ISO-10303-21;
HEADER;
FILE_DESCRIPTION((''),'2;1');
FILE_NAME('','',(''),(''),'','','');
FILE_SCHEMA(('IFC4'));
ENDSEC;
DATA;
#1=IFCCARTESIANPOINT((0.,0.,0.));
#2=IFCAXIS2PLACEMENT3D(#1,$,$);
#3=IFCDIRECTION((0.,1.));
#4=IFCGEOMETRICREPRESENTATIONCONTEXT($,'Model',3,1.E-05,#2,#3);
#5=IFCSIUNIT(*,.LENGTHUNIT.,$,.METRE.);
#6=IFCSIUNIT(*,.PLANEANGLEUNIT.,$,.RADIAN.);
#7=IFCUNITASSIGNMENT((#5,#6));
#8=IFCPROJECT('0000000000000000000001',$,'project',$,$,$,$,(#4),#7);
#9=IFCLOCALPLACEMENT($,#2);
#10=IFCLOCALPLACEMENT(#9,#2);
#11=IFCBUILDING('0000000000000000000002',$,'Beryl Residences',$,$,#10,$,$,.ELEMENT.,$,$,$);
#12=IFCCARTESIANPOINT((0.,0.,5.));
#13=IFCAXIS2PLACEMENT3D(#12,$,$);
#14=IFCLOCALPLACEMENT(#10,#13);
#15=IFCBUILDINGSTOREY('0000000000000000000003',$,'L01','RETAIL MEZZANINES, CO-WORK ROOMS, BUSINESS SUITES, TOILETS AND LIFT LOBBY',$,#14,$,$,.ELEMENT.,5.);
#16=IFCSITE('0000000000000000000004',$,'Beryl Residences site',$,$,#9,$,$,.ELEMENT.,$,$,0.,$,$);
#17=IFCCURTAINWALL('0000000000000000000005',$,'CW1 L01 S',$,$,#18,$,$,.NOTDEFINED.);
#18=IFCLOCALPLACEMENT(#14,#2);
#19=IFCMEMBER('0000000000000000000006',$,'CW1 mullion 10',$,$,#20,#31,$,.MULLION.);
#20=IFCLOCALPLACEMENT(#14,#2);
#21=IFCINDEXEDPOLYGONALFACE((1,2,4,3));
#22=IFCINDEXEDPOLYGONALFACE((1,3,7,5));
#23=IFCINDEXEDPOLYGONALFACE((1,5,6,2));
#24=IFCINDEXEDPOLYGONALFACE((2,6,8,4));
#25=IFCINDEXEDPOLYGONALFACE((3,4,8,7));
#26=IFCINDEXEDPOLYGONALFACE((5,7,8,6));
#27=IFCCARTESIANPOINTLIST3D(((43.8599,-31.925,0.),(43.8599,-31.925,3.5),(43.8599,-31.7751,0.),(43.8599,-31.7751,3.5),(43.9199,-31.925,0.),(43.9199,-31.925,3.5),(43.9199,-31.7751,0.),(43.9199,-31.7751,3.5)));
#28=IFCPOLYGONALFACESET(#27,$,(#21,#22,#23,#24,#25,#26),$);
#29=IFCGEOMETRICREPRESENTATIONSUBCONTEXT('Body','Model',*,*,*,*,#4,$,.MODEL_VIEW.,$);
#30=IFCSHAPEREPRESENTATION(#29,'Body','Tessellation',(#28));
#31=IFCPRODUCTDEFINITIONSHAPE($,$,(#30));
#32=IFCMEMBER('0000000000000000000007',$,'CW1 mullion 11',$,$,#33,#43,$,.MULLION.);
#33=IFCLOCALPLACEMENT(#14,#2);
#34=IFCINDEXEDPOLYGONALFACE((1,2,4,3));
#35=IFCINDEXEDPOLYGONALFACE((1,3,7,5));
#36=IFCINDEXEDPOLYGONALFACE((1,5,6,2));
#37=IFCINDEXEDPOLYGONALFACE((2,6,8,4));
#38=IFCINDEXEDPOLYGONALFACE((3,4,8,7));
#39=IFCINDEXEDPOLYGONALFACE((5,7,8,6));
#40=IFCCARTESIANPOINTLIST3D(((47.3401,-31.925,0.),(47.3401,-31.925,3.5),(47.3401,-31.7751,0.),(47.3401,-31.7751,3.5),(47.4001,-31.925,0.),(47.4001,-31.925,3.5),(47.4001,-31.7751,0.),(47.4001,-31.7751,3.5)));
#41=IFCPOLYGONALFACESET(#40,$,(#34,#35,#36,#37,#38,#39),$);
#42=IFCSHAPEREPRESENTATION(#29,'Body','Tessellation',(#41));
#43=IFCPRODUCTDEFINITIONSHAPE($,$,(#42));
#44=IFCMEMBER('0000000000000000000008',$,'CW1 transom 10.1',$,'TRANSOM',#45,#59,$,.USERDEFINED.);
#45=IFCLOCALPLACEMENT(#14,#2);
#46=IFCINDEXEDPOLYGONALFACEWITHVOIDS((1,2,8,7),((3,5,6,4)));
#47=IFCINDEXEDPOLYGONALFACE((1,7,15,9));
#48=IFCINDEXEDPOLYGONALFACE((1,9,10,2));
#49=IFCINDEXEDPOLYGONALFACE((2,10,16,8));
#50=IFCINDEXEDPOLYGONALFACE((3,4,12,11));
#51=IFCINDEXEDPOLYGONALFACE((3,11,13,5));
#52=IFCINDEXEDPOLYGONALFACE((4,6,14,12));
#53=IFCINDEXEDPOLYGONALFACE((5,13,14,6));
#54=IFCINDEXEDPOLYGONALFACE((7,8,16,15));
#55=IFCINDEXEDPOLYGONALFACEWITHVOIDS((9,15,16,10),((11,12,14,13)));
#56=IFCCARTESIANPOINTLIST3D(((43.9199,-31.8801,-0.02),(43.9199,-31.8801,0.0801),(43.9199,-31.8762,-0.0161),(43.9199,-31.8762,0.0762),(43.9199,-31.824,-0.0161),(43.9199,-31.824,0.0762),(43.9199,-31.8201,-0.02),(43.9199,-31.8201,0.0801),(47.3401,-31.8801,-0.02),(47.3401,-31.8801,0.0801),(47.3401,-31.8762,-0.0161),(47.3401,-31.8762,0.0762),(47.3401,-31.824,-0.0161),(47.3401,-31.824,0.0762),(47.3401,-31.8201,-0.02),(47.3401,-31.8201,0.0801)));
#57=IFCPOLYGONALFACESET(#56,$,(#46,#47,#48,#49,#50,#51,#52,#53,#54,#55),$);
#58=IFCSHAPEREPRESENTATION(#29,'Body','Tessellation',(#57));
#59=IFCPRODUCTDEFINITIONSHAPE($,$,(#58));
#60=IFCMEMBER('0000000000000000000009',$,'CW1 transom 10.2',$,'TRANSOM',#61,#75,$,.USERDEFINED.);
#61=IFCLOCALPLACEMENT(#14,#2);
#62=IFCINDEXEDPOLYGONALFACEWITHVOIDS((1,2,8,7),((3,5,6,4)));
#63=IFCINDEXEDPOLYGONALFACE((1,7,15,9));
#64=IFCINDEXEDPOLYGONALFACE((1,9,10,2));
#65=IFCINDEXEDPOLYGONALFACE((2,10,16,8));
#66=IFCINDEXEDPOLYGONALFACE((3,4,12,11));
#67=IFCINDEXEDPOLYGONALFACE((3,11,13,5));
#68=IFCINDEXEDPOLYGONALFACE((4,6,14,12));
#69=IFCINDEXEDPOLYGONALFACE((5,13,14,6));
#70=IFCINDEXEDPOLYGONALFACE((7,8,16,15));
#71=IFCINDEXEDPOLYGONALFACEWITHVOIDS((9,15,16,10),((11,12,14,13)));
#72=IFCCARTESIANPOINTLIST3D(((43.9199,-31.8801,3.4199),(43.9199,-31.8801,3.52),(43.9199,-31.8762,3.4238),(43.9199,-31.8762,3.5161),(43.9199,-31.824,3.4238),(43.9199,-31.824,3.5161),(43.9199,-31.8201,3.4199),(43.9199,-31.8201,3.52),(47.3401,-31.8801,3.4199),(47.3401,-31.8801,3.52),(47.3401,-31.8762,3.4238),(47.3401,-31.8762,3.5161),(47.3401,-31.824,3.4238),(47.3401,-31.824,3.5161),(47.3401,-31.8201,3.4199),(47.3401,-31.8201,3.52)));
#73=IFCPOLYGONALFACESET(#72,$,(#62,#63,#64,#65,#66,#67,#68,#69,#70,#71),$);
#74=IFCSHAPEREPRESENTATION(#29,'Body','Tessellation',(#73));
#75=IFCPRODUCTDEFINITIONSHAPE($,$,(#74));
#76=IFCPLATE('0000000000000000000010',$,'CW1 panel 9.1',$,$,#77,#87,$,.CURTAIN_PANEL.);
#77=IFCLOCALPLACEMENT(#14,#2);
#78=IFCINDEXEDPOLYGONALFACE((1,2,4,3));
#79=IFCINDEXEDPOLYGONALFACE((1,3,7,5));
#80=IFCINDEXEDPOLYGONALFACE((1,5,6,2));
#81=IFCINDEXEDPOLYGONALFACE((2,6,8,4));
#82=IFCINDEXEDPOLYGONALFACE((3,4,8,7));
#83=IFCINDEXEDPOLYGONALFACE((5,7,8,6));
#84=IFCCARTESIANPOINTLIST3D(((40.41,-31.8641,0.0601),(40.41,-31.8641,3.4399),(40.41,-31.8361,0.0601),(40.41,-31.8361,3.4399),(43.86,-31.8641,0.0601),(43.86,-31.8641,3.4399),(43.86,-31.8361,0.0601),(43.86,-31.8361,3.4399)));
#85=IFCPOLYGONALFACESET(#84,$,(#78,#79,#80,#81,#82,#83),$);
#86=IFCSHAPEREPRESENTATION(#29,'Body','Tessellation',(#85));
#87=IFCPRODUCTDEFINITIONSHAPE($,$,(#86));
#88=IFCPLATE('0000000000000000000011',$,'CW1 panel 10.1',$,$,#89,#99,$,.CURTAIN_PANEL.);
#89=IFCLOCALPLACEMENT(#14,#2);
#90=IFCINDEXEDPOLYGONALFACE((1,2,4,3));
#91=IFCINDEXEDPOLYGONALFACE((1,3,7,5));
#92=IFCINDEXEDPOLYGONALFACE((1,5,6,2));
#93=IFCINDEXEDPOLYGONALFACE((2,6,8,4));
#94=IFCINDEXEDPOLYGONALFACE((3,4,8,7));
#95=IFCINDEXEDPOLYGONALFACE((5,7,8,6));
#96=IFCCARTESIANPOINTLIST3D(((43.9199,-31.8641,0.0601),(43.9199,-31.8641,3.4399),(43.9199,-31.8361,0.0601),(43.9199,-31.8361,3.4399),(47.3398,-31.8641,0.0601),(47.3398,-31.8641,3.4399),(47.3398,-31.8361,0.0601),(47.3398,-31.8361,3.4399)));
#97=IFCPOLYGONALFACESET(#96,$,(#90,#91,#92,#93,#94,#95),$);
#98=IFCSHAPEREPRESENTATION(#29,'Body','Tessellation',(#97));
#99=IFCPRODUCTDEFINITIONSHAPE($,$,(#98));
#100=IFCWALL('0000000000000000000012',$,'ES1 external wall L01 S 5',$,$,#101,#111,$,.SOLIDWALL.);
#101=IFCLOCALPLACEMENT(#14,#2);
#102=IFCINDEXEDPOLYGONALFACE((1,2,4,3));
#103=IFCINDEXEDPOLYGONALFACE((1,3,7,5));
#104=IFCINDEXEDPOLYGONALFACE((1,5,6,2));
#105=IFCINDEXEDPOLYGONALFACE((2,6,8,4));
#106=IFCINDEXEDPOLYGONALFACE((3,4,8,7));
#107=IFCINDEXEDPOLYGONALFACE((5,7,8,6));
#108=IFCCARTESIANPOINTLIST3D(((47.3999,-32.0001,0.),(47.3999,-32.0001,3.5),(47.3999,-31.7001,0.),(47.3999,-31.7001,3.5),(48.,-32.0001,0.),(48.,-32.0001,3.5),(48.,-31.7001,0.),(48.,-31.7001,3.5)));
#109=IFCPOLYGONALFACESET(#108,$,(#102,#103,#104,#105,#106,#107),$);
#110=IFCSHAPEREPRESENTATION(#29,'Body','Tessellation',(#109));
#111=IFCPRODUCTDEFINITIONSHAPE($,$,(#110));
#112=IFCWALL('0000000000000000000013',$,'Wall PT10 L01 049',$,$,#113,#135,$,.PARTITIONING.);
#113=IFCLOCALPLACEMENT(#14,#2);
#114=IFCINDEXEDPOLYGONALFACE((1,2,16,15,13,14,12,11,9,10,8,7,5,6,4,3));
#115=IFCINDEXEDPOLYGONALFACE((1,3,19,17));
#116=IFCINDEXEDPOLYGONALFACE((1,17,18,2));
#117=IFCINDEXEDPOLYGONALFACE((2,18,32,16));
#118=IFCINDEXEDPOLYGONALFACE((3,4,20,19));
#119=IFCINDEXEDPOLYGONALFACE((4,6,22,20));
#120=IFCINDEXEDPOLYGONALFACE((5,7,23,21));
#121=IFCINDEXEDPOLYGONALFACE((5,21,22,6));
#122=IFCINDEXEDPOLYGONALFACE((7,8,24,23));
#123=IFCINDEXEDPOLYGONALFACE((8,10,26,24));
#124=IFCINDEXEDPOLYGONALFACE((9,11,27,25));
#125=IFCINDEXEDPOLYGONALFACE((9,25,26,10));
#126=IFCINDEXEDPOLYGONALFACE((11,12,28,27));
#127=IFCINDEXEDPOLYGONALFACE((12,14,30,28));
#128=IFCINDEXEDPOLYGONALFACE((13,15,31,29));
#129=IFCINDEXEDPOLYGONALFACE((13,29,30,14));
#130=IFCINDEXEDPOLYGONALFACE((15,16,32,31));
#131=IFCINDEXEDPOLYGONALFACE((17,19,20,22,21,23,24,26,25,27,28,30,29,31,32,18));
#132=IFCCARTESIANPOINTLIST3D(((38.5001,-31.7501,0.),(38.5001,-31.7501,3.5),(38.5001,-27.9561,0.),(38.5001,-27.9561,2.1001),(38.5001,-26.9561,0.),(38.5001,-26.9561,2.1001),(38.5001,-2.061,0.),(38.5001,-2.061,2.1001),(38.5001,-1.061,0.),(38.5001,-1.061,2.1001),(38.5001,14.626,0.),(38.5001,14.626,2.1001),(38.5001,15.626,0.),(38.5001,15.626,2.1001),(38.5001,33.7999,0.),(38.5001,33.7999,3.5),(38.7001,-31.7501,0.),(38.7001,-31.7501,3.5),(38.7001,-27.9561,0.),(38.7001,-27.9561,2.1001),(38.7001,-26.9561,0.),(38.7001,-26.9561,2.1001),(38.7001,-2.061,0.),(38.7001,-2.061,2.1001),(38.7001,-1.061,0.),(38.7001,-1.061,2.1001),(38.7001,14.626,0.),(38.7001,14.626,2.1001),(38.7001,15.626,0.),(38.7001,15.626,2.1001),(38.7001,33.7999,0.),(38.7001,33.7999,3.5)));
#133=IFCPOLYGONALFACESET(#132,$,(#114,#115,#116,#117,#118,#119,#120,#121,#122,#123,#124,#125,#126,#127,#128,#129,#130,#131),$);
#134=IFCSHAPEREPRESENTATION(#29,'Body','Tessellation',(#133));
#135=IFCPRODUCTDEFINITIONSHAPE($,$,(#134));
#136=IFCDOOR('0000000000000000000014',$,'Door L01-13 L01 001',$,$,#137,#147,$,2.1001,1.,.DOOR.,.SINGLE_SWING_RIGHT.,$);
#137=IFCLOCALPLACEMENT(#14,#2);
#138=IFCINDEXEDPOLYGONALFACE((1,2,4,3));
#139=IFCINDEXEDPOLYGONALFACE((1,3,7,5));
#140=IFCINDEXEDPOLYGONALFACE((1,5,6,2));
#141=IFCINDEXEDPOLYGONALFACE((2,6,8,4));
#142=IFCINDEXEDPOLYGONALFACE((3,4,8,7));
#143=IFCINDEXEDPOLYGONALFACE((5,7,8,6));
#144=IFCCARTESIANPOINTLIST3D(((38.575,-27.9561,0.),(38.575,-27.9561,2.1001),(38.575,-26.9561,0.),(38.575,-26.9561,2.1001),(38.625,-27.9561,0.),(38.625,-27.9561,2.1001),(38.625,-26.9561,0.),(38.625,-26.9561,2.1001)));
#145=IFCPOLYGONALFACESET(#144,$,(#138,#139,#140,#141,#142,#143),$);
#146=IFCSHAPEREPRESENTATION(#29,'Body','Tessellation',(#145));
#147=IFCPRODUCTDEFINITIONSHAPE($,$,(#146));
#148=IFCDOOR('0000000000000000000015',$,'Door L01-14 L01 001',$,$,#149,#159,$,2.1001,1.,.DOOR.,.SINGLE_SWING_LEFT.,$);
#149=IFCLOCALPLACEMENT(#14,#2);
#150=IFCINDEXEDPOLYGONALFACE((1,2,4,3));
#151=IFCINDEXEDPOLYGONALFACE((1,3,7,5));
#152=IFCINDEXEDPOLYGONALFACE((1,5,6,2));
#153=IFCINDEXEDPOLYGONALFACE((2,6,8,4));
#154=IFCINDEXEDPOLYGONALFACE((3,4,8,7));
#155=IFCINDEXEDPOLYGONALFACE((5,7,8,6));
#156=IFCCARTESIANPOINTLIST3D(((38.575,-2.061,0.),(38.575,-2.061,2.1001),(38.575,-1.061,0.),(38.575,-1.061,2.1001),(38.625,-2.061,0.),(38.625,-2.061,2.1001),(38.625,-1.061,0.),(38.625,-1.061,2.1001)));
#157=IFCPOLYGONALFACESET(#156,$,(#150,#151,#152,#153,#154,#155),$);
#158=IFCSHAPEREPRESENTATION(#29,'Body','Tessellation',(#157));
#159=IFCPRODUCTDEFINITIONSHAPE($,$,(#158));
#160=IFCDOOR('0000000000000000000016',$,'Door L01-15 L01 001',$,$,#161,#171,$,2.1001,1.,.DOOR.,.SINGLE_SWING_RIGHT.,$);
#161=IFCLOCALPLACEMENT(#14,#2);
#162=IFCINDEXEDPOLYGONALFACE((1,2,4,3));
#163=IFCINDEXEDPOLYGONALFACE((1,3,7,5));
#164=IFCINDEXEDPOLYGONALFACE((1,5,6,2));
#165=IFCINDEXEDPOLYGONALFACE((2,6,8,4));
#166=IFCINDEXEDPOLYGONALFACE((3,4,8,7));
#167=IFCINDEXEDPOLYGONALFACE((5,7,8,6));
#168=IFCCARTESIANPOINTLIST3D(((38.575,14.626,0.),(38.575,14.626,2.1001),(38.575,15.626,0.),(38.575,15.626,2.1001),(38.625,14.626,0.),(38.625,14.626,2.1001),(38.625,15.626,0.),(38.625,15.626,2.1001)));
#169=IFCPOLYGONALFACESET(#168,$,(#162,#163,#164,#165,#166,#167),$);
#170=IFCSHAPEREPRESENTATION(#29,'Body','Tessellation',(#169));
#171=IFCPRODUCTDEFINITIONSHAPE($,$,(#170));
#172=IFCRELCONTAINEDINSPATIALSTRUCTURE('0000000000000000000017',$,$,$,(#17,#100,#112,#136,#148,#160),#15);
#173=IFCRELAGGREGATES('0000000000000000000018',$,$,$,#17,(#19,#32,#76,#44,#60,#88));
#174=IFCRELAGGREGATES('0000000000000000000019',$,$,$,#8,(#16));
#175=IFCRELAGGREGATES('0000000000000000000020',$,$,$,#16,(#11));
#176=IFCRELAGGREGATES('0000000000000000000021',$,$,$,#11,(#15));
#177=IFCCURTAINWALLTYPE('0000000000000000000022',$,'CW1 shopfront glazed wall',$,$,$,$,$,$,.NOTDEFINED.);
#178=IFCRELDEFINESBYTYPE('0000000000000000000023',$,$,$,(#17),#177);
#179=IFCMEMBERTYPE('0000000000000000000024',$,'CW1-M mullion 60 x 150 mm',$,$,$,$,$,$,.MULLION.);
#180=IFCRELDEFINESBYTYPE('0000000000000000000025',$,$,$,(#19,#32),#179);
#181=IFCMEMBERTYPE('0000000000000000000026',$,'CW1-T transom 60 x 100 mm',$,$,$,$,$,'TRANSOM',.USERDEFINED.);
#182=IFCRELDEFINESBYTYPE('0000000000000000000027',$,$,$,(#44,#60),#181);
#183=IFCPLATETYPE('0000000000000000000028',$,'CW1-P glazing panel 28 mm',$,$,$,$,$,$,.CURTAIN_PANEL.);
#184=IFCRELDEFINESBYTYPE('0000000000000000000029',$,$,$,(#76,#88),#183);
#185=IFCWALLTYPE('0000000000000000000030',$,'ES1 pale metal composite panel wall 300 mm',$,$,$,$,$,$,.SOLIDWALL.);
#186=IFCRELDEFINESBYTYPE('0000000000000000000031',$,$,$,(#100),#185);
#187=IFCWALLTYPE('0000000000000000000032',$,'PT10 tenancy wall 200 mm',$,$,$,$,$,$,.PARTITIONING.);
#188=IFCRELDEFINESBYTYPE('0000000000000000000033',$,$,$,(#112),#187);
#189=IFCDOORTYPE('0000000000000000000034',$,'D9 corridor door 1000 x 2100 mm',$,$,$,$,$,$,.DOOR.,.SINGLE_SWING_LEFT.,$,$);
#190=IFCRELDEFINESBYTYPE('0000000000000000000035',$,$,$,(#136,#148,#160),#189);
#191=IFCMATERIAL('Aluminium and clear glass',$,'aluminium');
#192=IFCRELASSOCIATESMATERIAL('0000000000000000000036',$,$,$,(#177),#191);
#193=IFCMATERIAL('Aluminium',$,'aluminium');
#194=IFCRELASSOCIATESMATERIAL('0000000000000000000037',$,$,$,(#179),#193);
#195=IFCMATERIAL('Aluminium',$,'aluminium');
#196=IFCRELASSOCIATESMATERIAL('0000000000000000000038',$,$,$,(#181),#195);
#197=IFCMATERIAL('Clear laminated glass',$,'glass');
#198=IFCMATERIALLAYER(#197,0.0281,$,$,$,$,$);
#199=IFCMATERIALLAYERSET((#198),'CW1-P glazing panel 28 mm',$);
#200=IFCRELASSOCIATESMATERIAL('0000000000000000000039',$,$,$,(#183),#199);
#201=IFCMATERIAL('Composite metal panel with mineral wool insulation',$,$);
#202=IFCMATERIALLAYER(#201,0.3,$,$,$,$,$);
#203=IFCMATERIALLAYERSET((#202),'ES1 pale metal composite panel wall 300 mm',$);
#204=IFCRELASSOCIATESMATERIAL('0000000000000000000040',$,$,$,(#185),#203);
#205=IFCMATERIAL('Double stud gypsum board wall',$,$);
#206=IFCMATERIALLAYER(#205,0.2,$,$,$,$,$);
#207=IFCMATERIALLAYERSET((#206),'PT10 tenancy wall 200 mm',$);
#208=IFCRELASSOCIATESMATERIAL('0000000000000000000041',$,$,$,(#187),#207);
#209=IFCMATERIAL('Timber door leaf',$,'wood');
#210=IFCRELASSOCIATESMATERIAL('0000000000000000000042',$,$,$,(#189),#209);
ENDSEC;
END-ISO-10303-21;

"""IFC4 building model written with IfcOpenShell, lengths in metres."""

from ifc_helpers import new_model, si_unit, direction, frame, frame_2d, origin, origin_2d, place, context, subcontext, project, spatial, rectangle, hollow_rectangle, extrude, material, layer, layer_set, material_profile, profile_set, type_object, element, fill, aggregate, save


model = new_model("IFC4")

# Units and contexts
model_context = context("Model", 3, precision=1e-05, world=origin(), true_north=direction((0.0, 1.0)))
body_context = subcontext(model_context, "Body", "Model", "MODEL_VIEW")
ifc_project = project(units=[si_unit("LENGTHUNIT", "METRE"), si_unit("PLANEANGLEUNIT", "RADIAN")], contexts=[model_context])

# Site, building, storey
site_placement = place(None, origin())
site = spatial("IfcSite", under=ifc_project, at=site_placement, Name="Beryl Residences site", CompositionType="ELEMENT", RefElevation=0.0)
building_placement = place(site_placement, origin())
building = spatial("IfcBuilding", under=site, at=building_placement, Name="Beryl Residences", CompositionType="ELEMENT")
storey_placement = place(building_placement, frame((0.0, 0.0, 5.0)))
storey = spatial("IfcBuildingStorey", under=building, at=storey_placement, Name="L01", Description="RETAIL MEZZANINES, CO-WORK ROOMS, BUSINESS SUITES, TOILETS AND LIFT LOBBY", CompositionType="ELEMENT", Elevation=5.0)

# Curtain wall, members, plates
ifc_material_1 = material(Name="Aluminium and clear glass", Category="aluminium")
curtain_wall_type = type_object("IfcCurtainWallType", Name="CW1 shopfront glazed wall", PredefinedType="NOTDEFINED", material=ifc_material_1)
curtain_wall_placement = place(storey_placement, origin())
curtain_wall = element("IfcCurtainWall", 1, at=curtain_wall_placement, inside=storey, type_object=curtain_wall_type, Name="CW1 L01 S", PredefinedType="NOTDEFINED")
ifc_material_2 = material(Name="Aluminium", Category="aluminium")
ifc_material_profile_1 = material_profile(ifc_material_2, rectangle(XDim=0.0601, YDim=0.1499, at=origin_2d()))
ifc_profile_set_1 = profile_set([ifc_material_profile_1], Name="Aluminium")
member_type_1 = type_object("IfcMemberType", Name="CW1-M mullion 60 x 150 mm", PredefinedType="MULLION", material=ifc_profile_set_1)
member_1_placement = place(storey_placement, frame((43.8899, -31.8501, 0.0), z_axis=(0.0, 0.0, 1.0), x_axis=(1.0, 0.0, 0.0)))
member_1 = element("IfcMember", 2, at=member_1_placement, type_object=member_type_1, Name="CW1 mullion 10", PredefinedType="MULLION", context=body_context, shape_type="SweptSolid", body=[
    extrude(rectangle(XDim=0.0601, YDim=0.1499, at=origin_2d()), origin(), (0.0, 0.0, 1.0), 3.5),
])
member_2_placement = place(storey_placement, frame((47.3701, -31.8501, 0.0), z_axis=(0.0, 0.0, 1.0), x_axis=(1.0, 0.0, 0.0)))
member_2 = element("IfcMember", 3, at=member_2_placement, type_object=member_type_1, Name="CW1 mullion 11", PredefinedType="MULLION", context=body_context, shape_type="SweptSolid", body=[
    extrude(rectangle(XDim=0.0601, YDim=0.1499, at=origin_2d()), origin(), (0.0, 0.0, 1.0), 3.5),
])
ifc_material_3 = material(Name="Aluminium", Category="aluminium")
ifc_material_profile_2 = material_profile(ifc_material_3, hollow_rectangle(XDim=0.0601, YDim=0.1001, WallThickness=0.0039, at=origin_2d()))
ifc_profile_set_2 = profile_set([ifc_material_profile_2], Name="Aluminium")
member_type_2 = type_object("IfcMemberType", Name="CW1-T transom 60 x 100 mm", ElementType="TRANSOM", PredefinedType="USERDEFINED", material=ifc_profile_set_2)
member_3_placement = place(storey_placement, frame((43.9199, -31.8501, 0.03), z_axis=(1.0, 0.0, 0.0), x_axis=(0.0, 1.0, 0.0)))
member_3 = element("IfcMember", 4, at=member_3_placement, type_object=member_type_2, Name="CW1 transom 10.1", ObjectType="TRANSOM", PredefinedType="USERDEFINED", context=body_context, shape_type="SweptSolid", body=[
    extrude(hollow_rectangle(XDim=0.0601, YDim=0.1001, WallThickness=0.0039, at=origin_2d()), origin(), (0.0, 0.0, 1.0), 3.4202),
])
member_4_placement = place(storey_placement, frame((43.9199, -31.8501, 3.47), z_axis=(1.0, 0.0, 0.0), x_axis=(0.0, 1.0, 0.0)))
member_4 = element("IfcMember", 5, at=member_4_placement, type_object=member_type_2, Name="CW1 transom 10.2", ObjectType="TRANSOM", PredefinedType="USERDEFINED", context=body_context, shape_type="SweptSolid", body=[
    extrude(hollow_rectangle(XDim=0.0601, YDim=0.1001, WallThickness=0.0039, at=origin_2d()), origin(), (0.0, 0.0, 1.0), 3.4202),
])
ifc_material_4 = material(Name="Clear laminated glass", Category="glass")
ifc_layer_1 = layer(ifc_material_4, 0.0281)
ifc_layer_set_1 = layer_set([ifc_layer_1], Name="CW1-P glazing panel 28 mm")
plate_type = type_object("IfcPlateType", Name="CW1-P glazing panel 28 mm", PredefinedType="CURTAIN_PANEL", material=ifc_layer_set_1)
plate_1_placement = place(storey_placement, frame((42.135, -31.8501, 0.0601), z_axis=(0.0, 0.0, 1.0), x_axis=(1.0, 0.0, 0.0)))
plate_1 = element("IfcPlate", 6, at=plate_1_placement, type_object=plate_type, Name="CW1 panel 9.1", PredefinedType="CURTAIN_PANEL", context=body_context, shape_type="SweptSolid", body=[
    extrude(rectangle(XDim=3.45, YDim=0.0281, at=origin_2d()), origin(), (0.0, 0.0, 1.0), 3.3799),
])
plate_2_placement = place(storey_placement, frame((45.6299, -31.8501, 0.0601), z_axis=(0.0, 0.0, 1.0), x_axis=(1.0, 0.0, 0.0)))
plate_2 = element("IfcPlate", 7, at=plate_2_placement, type_object=plate_type, Name="CW1 panel 10.1", PredefinedType="CURTAIN_PANEL", context=body_context, shape_type="SweptSolid", body=[
    extrude(rectangle(XDim=3.4199, YDim=0.0281, at=origin_2d()), origin(), (0.0, 0.0, 1.0), 3.3799),
])
aggregate(curtain_wall, [member_1, member_2, plate_1, member_3, member_4, plate_2])

# Wall
ifc_material_5 = material(Name="Composite metal panel with mineral wool insulation")
ifc_layer_2 = layer(ifc_material_5, 0.3)
ifc_layer_set_2 = layer_set([ifc_layer_2], Name="ES1 pale metal composite panel wall 300 mm")
wall_type_1 = type_object("IfcWallType", Name="ES1 pale metal composite panel wall 300 mm", PredefinedType="SOLIDWALL", material=ifc_layer_set_2)
wall_1_placement = place(storey_placement, frame((47.3999, -31.8501, 0.0), z_axis=(0.0, 0.0, 1.0), x_axis=(1.0, 0.0, 0.0)))
element("IfcWall", 8, at=wall_1_placement, inside=storey, type_object=wall_type_1, Name="ES1 external wall L01 S 5", PredefinedType="SOLIDWALL", context=body_context, shape_type="SweptSolid", body=[
    extrude(rectangle(XDim=0.6001, YDim=0.3, at=frame_2d((0.3, 0.0))), origin(), (0.0, 0.0, 1.0), 3.5),
])

# Wall, openings, doors
ifc_material_6 = material(Name="Double stud gypsum board wall")
ifc_layer_3 = layer(ifc_material_6, 0.2)
ifc_layer_set_3 = layer_set([ifc_layer_3], Name="PT10 tenancy wall 200 mm")
wall_type_2 = type_object("IfcWallType", Name="PT10 tenancy wall 200 mm", PredefinedType="PARTITIONING", material=ifc_layer_set_3)
wall_2_placement = place(storey_placement, frame((38.6001, -31.75, 0.0), z_axis=(0.0, 0.0, 1.0), x_axis=(0.0, 1.0, 0.0)))
wall_2 = element("IfcWall", 9, at=wall_2_placement, inside=storey, type_object=wall_type_2, Name="Wall PT10 L01 049", PredefinedType="PARTITIONING", context=body_context, shape_type="SweptSolid", body=[
    extrude(rectangle(XDim=65.55, YDim=0.2, at=frame_2d((32.7749, 0.0))), origin(), (0.0, 0.0, 1.0), 3.5),
])
opening_1_placement = place(wall_2_placement, frame((4.7939, 0.0, 0.0), z_axis=(0.0, 0.0, 1.0), x_axis=(-1.0, 0.0, 0.0)))
opening_1 = element("IfcOpeningElement", 10, at=opening_1_placement, cuts=wall_2, PredefinedType="OPENING", context=body_context, shape_type="SweptSolid", body=[
    extrude(rectangle(XDim=1.0, YDim=2.1001, at=frame_2d((0.5, 1.05))), frame((0.0, 0.1099, 0.0), z_axis=(0.0, -1.0, 0.0), x_axis=(1.0, 0.0, 0.0)), (0.0, 0.0, 1.0), 0.22),
])
opening_2_placement = place(wall_2_placement, frame((30.689, 0.0, 0.0), z_axis=(0.0, 0.0, 1.0), x_axis=(-1.0, 0.0, 0.0)))
opening_2 = element("IfcOpeningElement", 11, at=opening_2_placement, cuts=wall_2, PredefinedType="OPENING", context=body_context, shape_type="SweptSolid", body=[
    extrude(rectangle(XDim=1.0, YDim=2.1001, at=frame_2d((0.5, 1.05))), frame((0.0, 0.1099, 0.0), z_axis=(0.0, -1.0, 0.0), x_axis=(1.0, 0.0, 0.0)), (0.0, 0.0, 1.0), 0.22),
])
opening_3_placement = place(wall_2_placement, frame((47.376, 0.0, 0.0), z_axis=(0.0, 0.0, 1.0), x_axis=(-1.0, 0.0, 0.0)))
opening_3 = element("IfcOpeningElement", 12, at=opening_3_placement, cuts=wall_2, PredefinedType="OPENING", context=body_context, shape_type="SweptSolid", body=[
    extrude(rectangle(XDim=1.0, YDim=2.1001, at=frame_2d((0.5, 1.05))), frame((0.0, 0.1099, 0.0), z_axis=(0.0, -1.0, 0.0), x_axis=(1.0, 0.0, 0.0)), (0.0, 0.0, 1.0), 0.22),
])
ifc_material_7 = material(Name="Timber door leaf", Category="wood")
door_type = type_object("IfcDoorType", Name="D9 corridor door 1000 x 2100 mm", OperationType="SINGLE_SWING_LEFT", PredefinedType="DOOR", material=ifc_material_7)
door_1_placement = place(opening_1_placement, origin())
door_1 = element("IfcDoor", 13, at=door_1_placement, inside=storey, type_object=door_type, Name="Door L01-13 L01 001", OperationType="SINGLE_SWING_RIGHT", OverallHeight=2.1001, OverallWidth=1.0, PredefinedType="DOOR", context=body_context, shape_type="SweptSolid", body=[
    extrude(rectangle(XDim=1.0, YDim=2.1001, at=frame_2d((0.5, 1.05))), frame((0.0, 0.0249, 0.0), z_axis=(0.0, -1.0, 0.0), x_axis=(1.0, 0.0, 0.0)), (0.0, 0.0, 1.0), 0.05),
])
fill(opening_1, door_1)
door_2_placement = place(opening_2_placement, origin())
door_2 = element("IfcDoor", 14, at=door_2_placement, inside=storey, type_object=door_type, Name="Door L01-14 L01 001", OperationType="SINGLE_SWING_LEFT", OverallHeight=2.1001, OverallWidth=1.0, PredefinedType="DOOR", context=body_context, shape_type="SweptSolid", body=[
    extrude(rectangle(XDim=1.0, YDim=2.1001, at=frame_2d((0.5, 1.05))), frame((0.0, 0.0249, 0.0), z_axis=(0.0, -1.0, 0.0), x_axis=(1.0, 0.0, 0.0)), (0.0, 0.0, 1.0), 0.05),
])
fill(opening_2, door_2)
door_3_placement = place(opening_3_placement, origin())
door_3 = element("IfcDoor", 15, at=door_3_placement, inside=storey, type_object=door_type, Name="Door L01-15 L01 001", OperationType="SINGLE_SWING_RIGHT", OverallHeight=2.1001, OverallWidth=1.0, PredefinedType="DOOR", context=body_context, shape_type="SweptSolid", body=[
    extrude(rectangle(XDim=1.0, YDim=2.1001, at=frame_2d((0.5, 1.05))), frame((0.0, 0.0249, 0.0), z_axis=(0.0, -1.0, 0.0), x_axis=(1.0, 0.0, 0.0)), (0.0, 0.0, 1.0), 0.05),
])
fill(opening_3, door_3)

save(model, "model.ifc")
